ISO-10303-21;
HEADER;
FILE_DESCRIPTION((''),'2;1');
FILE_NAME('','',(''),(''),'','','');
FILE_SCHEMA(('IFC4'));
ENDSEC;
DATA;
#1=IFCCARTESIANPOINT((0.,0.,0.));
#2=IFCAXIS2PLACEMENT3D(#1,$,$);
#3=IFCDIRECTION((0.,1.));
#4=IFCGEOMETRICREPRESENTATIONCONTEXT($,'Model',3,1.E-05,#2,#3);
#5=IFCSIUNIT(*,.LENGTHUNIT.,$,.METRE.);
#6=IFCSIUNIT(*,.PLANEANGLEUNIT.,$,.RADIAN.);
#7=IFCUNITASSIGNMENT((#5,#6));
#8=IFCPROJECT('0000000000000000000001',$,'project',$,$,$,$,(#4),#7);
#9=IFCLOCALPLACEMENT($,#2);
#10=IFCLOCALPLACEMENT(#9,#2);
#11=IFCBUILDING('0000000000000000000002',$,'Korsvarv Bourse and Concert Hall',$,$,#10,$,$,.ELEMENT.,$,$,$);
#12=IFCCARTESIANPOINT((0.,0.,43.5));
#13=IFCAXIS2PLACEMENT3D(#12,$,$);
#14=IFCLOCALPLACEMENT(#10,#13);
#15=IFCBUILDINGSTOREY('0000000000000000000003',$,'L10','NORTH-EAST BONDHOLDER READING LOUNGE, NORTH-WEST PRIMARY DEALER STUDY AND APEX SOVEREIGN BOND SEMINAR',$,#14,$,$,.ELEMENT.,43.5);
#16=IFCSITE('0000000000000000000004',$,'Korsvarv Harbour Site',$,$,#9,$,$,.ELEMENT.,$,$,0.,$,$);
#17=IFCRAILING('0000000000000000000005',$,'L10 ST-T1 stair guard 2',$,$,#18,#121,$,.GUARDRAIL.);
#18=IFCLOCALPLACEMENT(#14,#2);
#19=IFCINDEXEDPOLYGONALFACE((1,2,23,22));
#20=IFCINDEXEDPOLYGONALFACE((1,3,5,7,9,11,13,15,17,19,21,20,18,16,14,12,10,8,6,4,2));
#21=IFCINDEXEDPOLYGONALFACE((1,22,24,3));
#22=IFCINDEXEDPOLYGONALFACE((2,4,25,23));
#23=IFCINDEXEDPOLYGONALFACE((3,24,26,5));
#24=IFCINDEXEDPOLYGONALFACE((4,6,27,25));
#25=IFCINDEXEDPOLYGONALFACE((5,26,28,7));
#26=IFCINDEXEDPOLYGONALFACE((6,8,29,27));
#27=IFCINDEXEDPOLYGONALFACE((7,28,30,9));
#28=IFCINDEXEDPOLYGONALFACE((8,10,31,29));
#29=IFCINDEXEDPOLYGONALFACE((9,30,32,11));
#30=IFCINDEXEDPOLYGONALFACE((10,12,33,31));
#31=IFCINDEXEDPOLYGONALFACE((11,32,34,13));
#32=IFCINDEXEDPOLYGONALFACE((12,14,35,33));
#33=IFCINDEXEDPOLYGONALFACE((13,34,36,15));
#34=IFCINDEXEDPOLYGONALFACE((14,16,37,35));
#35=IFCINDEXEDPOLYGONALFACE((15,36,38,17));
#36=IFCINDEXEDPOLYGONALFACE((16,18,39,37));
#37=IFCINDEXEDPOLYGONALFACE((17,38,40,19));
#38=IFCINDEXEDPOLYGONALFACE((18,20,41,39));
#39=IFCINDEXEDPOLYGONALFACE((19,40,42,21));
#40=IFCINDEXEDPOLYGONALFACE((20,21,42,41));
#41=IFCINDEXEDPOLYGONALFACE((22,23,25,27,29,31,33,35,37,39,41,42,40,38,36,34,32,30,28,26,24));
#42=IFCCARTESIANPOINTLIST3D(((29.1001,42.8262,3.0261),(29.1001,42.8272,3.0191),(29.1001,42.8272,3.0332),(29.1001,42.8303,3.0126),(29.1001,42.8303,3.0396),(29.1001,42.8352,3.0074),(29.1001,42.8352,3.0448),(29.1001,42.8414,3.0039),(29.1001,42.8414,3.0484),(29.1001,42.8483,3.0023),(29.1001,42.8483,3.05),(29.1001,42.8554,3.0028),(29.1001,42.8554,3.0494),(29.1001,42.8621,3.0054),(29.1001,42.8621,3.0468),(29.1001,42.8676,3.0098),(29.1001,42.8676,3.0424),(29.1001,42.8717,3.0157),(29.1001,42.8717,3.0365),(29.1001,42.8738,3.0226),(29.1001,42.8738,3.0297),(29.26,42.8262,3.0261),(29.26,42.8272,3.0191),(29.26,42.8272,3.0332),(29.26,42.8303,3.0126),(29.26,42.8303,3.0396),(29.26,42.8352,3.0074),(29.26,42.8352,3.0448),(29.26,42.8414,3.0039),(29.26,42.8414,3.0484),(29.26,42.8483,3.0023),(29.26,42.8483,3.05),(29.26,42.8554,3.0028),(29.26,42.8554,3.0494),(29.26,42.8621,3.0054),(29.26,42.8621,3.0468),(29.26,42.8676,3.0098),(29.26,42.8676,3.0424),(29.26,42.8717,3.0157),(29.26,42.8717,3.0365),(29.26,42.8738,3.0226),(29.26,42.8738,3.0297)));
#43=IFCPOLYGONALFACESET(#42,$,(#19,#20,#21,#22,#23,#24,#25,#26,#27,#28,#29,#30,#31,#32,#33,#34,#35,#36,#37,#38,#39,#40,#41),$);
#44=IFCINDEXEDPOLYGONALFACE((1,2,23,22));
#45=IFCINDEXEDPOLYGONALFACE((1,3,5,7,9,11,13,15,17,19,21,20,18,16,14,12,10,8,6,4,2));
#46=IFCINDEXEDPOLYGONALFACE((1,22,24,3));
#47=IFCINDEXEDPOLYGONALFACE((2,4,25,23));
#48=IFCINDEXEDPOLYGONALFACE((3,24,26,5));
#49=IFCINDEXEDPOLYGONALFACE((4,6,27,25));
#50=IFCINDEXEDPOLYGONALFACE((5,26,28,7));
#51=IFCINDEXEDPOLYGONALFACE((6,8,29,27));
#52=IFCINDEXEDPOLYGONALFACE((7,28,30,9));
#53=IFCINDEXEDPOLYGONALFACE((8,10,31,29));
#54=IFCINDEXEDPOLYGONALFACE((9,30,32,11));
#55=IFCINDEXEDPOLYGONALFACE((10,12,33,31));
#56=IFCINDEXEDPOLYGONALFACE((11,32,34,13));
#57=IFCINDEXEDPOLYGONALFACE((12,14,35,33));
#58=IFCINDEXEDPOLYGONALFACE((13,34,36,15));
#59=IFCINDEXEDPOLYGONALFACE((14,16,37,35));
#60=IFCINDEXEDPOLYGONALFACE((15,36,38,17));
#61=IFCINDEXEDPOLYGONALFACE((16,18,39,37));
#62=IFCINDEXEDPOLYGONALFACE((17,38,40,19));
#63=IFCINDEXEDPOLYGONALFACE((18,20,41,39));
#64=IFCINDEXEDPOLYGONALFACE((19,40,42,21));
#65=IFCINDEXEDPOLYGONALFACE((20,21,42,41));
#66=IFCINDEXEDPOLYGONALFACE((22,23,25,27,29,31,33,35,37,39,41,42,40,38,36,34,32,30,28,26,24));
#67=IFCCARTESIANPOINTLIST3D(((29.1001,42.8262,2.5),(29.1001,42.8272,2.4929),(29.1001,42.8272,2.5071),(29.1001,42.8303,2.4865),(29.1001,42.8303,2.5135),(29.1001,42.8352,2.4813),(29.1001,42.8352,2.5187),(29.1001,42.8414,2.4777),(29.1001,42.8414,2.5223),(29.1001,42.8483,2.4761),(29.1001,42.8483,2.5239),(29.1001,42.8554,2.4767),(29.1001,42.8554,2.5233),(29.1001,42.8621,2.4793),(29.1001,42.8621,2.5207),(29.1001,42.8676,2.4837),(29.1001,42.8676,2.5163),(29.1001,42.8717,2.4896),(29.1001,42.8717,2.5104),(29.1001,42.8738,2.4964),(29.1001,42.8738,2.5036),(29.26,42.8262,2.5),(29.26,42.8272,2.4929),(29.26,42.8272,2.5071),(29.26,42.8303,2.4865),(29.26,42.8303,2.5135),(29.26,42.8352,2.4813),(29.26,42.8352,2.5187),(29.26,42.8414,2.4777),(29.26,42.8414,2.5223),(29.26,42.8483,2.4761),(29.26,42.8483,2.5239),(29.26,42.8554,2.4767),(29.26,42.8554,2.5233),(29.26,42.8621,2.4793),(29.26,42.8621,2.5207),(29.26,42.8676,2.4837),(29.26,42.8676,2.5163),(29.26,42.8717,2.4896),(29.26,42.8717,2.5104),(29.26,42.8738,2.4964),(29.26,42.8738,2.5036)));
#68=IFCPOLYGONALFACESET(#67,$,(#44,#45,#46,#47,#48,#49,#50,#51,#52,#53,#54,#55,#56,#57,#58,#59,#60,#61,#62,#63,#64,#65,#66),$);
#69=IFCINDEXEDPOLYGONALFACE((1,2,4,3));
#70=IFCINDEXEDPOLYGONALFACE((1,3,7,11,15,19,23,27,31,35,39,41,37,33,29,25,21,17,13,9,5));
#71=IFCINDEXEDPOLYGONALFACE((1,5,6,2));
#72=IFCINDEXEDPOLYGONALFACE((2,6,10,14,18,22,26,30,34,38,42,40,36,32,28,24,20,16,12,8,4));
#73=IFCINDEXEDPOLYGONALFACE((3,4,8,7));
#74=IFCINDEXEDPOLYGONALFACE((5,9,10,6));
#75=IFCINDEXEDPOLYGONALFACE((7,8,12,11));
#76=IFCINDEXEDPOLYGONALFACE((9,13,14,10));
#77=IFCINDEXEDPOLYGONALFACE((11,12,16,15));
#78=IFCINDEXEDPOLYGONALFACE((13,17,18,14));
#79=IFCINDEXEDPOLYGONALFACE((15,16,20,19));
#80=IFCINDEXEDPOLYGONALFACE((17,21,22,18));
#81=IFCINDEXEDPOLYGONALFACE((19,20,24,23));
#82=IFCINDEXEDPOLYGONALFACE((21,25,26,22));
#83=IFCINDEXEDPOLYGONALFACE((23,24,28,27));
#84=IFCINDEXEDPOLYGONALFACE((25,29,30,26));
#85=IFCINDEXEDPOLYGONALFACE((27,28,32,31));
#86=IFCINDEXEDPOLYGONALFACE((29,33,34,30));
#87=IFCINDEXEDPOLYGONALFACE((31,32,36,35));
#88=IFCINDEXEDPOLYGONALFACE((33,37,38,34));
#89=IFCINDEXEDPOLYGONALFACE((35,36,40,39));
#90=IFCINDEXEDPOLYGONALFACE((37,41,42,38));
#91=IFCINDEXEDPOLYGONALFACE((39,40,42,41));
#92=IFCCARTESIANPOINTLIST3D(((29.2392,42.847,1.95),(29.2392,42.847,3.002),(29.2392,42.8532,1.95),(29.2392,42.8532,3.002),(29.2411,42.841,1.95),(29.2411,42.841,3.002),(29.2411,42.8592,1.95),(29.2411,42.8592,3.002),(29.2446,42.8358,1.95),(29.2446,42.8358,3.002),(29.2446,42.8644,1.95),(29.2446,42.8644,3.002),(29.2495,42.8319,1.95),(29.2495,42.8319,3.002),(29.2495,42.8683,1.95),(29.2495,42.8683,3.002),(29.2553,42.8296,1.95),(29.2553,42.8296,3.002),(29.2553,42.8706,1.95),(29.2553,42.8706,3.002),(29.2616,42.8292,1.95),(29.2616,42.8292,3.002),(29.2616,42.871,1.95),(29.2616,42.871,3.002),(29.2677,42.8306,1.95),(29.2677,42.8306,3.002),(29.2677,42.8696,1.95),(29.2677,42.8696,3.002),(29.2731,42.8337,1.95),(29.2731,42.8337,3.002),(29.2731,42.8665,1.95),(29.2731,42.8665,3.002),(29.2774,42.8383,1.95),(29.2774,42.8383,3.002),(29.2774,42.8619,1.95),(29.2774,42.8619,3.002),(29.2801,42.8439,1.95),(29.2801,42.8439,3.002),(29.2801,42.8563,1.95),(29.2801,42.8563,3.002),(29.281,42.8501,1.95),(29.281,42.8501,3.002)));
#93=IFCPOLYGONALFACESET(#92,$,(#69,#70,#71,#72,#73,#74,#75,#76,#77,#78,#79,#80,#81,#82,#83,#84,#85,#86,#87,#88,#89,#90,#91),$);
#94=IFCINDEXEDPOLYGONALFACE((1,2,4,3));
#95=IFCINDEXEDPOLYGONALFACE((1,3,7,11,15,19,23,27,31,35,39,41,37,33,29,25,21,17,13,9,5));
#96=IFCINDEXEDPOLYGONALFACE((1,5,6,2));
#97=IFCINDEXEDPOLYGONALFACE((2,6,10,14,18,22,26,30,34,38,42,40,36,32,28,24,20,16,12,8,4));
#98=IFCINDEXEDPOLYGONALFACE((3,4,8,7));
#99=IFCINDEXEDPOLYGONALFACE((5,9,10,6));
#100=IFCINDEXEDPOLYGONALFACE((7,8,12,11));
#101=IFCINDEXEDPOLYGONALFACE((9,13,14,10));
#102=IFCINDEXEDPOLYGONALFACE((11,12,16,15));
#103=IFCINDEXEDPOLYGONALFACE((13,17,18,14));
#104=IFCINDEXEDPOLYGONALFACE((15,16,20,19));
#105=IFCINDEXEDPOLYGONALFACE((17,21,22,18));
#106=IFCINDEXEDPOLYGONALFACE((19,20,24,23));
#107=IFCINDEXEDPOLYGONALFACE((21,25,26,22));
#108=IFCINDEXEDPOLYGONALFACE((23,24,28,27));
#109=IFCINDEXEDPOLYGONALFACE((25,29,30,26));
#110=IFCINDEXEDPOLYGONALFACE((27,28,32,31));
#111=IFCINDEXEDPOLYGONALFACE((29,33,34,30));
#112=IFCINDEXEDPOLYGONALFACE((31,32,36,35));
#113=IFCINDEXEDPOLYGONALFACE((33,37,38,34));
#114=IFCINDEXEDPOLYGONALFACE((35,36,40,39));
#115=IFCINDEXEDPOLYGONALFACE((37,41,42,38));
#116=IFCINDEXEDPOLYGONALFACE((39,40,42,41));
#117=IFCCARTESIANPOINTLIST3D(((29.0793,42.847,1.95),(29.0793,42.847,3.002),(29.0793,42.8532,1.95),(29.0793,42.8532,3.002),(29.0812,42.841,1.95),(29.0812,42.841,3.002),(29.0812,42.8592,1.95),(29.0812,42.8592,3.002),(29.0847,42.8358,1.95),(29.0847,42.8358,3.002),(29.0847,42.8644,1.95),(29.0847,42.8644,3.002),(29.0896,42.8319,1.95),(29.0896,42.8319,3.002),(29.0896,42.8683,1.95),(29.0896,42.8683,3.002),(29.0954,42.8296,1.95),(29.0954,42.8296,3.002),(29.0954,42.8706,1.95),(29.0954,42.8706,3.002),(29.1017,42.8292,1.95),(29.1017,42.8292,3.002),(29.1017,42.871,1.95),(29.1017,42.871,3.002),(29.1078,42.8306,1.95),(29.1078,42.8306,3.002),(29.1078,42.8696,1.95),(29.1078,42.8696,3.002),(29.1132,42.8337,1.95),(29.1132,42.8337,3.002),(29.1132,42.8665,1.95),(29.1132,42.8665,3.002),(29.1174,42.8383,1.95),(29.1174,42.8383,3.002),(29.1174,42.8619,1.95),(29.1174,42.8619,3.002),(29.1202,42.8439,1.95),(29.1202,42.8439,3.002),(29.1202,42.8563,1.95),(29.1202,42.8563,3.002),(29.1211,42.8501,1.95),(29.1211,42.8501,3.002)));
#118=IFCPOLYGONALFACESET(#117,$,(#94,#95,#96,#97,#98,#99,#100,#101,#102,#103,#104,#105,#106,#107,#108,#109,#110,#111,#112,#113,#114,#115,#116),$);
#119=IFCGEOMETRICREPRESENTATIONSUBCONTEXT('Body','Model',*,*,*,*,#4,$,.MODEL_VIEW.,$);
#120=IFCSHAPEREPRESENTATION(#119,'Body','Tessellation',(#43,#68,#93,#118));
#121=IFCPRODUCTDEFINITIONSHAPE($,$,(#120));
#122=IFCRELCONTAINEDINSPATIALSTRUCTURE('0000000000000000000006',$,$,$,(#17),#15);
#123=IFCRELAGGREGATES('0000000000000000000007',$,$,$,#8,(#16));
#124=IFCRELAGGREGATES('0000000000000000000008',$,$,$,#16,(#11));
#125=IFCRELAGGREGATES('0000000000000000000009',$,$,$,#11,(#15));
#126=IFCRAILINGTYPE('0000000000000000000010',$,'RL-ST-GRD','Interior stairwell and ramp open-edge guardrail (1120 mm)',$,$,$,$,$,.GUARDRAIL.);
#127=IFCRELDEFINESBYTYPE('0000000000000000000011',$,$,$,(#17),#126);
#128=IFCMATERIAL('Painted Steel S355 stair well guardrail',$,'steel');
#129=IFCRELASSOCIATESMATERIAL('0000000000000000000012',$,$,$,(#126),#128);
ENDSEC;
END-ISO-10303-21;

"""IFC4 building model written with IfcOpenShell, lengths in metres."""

from ifc_helpers import new_model, si_unit, direction, frame, origin, origin_2d, place, context, subcontext, project, spatial, circle, extrude, material, type_object, element, save


model = new_model("IFC4")

# Units and contexts
model_context = context("Model", 3, precision=1e-05, world=origin(), true_north=direction((0.0, 1.0)))
body_context = subcontext(model_context, "Body", "Model", "MODEL_VIEW")
ifc_project = project(units=[si_unit("LENGTHUNIT", "METRE"), si_unit("PLANEANGLEUNIT", "RADIAN")], contexts=[model_context])

# Site, building, storey
site_placement = place(None, origin())
site = spatial("IfcSite", under=ifc_project, at=site_placement, Name="Korsvarv Harbour Site", CompositionType="ELEMENT", RefElevation=0.0)
building_placement = place(site_placement, origin())
building = spatial("IfcBuilding", under=site, at=building_placement, Name="Korsvarv Bourse and Concert Hall", CompositionType="ELEMENT")
storey_placement = place(building_placement, frame((0.0, 0.0, 43.5)))
storey = spatial("IfcBuildingStorey", under=building, at=storey_placement, Name="L10", Description="NORTH-EAST BONDHOLDER READING LOUNGE, NORTH-WEST PRIMARY DEALER STUDY AND APEX SOVEREIGN BOND SEMINAR", CompositionType="ELEMENT", Elevation=43.5)

# Railing
ifc_material_1 = material(Name="Painted Steel S355 stair well guardrail", Category="steel")
railing_type_1 = type_object("IfcRailingType", Name="RL-ST-GRD", Description="Interior stairwell and ramp open-edge guardrail (1120 mm)", PredefinedType="GUARDRAIL", material=ifc_material_1)
railing_1_placement = place(storey_placement, frame((29.26, 42.8501, 1.95)))
element("IfcRailing", 1, at=railing_1_placement, inside=storey, type_object=railing_type_1, Name="L10 ST-T1 stair guard 2", PredefinedType="GUARDRAIL", context=body_context, shape_type="SweptSolid", body=[
    extrude(circle(Radius=0.0239, at=origin_2d()), frame((0.0, 0.0, 1.0762), z_axis=(-1.0, 0.0, 0.0), x_axis=(0.0, -1.0, 0.0)), (0.0, 0.0, 1.0), 0.1599),
    extrude(circle(Radius=0.0239, at=origin_2d()), frame((0.0, 0.0, 0.55), z_axis=(-1.0, 0.0, 0.0), x_axis=(0.0, -1.0, 0.0)), (0.0, 0.0, 1.0), 0.1599),
    extrude(circle(Radius=0.021, at=origin_2d()), origin(), (0.0, 0.0, 1.0), 1.052),
    extrude(circle(Radius=0.021, at=origin_2d()), frame((-0.1599, 0.0, 0.0)), (0.0, 0.0, 1.0), 1.052),
])

save(model, "model.ifc")
